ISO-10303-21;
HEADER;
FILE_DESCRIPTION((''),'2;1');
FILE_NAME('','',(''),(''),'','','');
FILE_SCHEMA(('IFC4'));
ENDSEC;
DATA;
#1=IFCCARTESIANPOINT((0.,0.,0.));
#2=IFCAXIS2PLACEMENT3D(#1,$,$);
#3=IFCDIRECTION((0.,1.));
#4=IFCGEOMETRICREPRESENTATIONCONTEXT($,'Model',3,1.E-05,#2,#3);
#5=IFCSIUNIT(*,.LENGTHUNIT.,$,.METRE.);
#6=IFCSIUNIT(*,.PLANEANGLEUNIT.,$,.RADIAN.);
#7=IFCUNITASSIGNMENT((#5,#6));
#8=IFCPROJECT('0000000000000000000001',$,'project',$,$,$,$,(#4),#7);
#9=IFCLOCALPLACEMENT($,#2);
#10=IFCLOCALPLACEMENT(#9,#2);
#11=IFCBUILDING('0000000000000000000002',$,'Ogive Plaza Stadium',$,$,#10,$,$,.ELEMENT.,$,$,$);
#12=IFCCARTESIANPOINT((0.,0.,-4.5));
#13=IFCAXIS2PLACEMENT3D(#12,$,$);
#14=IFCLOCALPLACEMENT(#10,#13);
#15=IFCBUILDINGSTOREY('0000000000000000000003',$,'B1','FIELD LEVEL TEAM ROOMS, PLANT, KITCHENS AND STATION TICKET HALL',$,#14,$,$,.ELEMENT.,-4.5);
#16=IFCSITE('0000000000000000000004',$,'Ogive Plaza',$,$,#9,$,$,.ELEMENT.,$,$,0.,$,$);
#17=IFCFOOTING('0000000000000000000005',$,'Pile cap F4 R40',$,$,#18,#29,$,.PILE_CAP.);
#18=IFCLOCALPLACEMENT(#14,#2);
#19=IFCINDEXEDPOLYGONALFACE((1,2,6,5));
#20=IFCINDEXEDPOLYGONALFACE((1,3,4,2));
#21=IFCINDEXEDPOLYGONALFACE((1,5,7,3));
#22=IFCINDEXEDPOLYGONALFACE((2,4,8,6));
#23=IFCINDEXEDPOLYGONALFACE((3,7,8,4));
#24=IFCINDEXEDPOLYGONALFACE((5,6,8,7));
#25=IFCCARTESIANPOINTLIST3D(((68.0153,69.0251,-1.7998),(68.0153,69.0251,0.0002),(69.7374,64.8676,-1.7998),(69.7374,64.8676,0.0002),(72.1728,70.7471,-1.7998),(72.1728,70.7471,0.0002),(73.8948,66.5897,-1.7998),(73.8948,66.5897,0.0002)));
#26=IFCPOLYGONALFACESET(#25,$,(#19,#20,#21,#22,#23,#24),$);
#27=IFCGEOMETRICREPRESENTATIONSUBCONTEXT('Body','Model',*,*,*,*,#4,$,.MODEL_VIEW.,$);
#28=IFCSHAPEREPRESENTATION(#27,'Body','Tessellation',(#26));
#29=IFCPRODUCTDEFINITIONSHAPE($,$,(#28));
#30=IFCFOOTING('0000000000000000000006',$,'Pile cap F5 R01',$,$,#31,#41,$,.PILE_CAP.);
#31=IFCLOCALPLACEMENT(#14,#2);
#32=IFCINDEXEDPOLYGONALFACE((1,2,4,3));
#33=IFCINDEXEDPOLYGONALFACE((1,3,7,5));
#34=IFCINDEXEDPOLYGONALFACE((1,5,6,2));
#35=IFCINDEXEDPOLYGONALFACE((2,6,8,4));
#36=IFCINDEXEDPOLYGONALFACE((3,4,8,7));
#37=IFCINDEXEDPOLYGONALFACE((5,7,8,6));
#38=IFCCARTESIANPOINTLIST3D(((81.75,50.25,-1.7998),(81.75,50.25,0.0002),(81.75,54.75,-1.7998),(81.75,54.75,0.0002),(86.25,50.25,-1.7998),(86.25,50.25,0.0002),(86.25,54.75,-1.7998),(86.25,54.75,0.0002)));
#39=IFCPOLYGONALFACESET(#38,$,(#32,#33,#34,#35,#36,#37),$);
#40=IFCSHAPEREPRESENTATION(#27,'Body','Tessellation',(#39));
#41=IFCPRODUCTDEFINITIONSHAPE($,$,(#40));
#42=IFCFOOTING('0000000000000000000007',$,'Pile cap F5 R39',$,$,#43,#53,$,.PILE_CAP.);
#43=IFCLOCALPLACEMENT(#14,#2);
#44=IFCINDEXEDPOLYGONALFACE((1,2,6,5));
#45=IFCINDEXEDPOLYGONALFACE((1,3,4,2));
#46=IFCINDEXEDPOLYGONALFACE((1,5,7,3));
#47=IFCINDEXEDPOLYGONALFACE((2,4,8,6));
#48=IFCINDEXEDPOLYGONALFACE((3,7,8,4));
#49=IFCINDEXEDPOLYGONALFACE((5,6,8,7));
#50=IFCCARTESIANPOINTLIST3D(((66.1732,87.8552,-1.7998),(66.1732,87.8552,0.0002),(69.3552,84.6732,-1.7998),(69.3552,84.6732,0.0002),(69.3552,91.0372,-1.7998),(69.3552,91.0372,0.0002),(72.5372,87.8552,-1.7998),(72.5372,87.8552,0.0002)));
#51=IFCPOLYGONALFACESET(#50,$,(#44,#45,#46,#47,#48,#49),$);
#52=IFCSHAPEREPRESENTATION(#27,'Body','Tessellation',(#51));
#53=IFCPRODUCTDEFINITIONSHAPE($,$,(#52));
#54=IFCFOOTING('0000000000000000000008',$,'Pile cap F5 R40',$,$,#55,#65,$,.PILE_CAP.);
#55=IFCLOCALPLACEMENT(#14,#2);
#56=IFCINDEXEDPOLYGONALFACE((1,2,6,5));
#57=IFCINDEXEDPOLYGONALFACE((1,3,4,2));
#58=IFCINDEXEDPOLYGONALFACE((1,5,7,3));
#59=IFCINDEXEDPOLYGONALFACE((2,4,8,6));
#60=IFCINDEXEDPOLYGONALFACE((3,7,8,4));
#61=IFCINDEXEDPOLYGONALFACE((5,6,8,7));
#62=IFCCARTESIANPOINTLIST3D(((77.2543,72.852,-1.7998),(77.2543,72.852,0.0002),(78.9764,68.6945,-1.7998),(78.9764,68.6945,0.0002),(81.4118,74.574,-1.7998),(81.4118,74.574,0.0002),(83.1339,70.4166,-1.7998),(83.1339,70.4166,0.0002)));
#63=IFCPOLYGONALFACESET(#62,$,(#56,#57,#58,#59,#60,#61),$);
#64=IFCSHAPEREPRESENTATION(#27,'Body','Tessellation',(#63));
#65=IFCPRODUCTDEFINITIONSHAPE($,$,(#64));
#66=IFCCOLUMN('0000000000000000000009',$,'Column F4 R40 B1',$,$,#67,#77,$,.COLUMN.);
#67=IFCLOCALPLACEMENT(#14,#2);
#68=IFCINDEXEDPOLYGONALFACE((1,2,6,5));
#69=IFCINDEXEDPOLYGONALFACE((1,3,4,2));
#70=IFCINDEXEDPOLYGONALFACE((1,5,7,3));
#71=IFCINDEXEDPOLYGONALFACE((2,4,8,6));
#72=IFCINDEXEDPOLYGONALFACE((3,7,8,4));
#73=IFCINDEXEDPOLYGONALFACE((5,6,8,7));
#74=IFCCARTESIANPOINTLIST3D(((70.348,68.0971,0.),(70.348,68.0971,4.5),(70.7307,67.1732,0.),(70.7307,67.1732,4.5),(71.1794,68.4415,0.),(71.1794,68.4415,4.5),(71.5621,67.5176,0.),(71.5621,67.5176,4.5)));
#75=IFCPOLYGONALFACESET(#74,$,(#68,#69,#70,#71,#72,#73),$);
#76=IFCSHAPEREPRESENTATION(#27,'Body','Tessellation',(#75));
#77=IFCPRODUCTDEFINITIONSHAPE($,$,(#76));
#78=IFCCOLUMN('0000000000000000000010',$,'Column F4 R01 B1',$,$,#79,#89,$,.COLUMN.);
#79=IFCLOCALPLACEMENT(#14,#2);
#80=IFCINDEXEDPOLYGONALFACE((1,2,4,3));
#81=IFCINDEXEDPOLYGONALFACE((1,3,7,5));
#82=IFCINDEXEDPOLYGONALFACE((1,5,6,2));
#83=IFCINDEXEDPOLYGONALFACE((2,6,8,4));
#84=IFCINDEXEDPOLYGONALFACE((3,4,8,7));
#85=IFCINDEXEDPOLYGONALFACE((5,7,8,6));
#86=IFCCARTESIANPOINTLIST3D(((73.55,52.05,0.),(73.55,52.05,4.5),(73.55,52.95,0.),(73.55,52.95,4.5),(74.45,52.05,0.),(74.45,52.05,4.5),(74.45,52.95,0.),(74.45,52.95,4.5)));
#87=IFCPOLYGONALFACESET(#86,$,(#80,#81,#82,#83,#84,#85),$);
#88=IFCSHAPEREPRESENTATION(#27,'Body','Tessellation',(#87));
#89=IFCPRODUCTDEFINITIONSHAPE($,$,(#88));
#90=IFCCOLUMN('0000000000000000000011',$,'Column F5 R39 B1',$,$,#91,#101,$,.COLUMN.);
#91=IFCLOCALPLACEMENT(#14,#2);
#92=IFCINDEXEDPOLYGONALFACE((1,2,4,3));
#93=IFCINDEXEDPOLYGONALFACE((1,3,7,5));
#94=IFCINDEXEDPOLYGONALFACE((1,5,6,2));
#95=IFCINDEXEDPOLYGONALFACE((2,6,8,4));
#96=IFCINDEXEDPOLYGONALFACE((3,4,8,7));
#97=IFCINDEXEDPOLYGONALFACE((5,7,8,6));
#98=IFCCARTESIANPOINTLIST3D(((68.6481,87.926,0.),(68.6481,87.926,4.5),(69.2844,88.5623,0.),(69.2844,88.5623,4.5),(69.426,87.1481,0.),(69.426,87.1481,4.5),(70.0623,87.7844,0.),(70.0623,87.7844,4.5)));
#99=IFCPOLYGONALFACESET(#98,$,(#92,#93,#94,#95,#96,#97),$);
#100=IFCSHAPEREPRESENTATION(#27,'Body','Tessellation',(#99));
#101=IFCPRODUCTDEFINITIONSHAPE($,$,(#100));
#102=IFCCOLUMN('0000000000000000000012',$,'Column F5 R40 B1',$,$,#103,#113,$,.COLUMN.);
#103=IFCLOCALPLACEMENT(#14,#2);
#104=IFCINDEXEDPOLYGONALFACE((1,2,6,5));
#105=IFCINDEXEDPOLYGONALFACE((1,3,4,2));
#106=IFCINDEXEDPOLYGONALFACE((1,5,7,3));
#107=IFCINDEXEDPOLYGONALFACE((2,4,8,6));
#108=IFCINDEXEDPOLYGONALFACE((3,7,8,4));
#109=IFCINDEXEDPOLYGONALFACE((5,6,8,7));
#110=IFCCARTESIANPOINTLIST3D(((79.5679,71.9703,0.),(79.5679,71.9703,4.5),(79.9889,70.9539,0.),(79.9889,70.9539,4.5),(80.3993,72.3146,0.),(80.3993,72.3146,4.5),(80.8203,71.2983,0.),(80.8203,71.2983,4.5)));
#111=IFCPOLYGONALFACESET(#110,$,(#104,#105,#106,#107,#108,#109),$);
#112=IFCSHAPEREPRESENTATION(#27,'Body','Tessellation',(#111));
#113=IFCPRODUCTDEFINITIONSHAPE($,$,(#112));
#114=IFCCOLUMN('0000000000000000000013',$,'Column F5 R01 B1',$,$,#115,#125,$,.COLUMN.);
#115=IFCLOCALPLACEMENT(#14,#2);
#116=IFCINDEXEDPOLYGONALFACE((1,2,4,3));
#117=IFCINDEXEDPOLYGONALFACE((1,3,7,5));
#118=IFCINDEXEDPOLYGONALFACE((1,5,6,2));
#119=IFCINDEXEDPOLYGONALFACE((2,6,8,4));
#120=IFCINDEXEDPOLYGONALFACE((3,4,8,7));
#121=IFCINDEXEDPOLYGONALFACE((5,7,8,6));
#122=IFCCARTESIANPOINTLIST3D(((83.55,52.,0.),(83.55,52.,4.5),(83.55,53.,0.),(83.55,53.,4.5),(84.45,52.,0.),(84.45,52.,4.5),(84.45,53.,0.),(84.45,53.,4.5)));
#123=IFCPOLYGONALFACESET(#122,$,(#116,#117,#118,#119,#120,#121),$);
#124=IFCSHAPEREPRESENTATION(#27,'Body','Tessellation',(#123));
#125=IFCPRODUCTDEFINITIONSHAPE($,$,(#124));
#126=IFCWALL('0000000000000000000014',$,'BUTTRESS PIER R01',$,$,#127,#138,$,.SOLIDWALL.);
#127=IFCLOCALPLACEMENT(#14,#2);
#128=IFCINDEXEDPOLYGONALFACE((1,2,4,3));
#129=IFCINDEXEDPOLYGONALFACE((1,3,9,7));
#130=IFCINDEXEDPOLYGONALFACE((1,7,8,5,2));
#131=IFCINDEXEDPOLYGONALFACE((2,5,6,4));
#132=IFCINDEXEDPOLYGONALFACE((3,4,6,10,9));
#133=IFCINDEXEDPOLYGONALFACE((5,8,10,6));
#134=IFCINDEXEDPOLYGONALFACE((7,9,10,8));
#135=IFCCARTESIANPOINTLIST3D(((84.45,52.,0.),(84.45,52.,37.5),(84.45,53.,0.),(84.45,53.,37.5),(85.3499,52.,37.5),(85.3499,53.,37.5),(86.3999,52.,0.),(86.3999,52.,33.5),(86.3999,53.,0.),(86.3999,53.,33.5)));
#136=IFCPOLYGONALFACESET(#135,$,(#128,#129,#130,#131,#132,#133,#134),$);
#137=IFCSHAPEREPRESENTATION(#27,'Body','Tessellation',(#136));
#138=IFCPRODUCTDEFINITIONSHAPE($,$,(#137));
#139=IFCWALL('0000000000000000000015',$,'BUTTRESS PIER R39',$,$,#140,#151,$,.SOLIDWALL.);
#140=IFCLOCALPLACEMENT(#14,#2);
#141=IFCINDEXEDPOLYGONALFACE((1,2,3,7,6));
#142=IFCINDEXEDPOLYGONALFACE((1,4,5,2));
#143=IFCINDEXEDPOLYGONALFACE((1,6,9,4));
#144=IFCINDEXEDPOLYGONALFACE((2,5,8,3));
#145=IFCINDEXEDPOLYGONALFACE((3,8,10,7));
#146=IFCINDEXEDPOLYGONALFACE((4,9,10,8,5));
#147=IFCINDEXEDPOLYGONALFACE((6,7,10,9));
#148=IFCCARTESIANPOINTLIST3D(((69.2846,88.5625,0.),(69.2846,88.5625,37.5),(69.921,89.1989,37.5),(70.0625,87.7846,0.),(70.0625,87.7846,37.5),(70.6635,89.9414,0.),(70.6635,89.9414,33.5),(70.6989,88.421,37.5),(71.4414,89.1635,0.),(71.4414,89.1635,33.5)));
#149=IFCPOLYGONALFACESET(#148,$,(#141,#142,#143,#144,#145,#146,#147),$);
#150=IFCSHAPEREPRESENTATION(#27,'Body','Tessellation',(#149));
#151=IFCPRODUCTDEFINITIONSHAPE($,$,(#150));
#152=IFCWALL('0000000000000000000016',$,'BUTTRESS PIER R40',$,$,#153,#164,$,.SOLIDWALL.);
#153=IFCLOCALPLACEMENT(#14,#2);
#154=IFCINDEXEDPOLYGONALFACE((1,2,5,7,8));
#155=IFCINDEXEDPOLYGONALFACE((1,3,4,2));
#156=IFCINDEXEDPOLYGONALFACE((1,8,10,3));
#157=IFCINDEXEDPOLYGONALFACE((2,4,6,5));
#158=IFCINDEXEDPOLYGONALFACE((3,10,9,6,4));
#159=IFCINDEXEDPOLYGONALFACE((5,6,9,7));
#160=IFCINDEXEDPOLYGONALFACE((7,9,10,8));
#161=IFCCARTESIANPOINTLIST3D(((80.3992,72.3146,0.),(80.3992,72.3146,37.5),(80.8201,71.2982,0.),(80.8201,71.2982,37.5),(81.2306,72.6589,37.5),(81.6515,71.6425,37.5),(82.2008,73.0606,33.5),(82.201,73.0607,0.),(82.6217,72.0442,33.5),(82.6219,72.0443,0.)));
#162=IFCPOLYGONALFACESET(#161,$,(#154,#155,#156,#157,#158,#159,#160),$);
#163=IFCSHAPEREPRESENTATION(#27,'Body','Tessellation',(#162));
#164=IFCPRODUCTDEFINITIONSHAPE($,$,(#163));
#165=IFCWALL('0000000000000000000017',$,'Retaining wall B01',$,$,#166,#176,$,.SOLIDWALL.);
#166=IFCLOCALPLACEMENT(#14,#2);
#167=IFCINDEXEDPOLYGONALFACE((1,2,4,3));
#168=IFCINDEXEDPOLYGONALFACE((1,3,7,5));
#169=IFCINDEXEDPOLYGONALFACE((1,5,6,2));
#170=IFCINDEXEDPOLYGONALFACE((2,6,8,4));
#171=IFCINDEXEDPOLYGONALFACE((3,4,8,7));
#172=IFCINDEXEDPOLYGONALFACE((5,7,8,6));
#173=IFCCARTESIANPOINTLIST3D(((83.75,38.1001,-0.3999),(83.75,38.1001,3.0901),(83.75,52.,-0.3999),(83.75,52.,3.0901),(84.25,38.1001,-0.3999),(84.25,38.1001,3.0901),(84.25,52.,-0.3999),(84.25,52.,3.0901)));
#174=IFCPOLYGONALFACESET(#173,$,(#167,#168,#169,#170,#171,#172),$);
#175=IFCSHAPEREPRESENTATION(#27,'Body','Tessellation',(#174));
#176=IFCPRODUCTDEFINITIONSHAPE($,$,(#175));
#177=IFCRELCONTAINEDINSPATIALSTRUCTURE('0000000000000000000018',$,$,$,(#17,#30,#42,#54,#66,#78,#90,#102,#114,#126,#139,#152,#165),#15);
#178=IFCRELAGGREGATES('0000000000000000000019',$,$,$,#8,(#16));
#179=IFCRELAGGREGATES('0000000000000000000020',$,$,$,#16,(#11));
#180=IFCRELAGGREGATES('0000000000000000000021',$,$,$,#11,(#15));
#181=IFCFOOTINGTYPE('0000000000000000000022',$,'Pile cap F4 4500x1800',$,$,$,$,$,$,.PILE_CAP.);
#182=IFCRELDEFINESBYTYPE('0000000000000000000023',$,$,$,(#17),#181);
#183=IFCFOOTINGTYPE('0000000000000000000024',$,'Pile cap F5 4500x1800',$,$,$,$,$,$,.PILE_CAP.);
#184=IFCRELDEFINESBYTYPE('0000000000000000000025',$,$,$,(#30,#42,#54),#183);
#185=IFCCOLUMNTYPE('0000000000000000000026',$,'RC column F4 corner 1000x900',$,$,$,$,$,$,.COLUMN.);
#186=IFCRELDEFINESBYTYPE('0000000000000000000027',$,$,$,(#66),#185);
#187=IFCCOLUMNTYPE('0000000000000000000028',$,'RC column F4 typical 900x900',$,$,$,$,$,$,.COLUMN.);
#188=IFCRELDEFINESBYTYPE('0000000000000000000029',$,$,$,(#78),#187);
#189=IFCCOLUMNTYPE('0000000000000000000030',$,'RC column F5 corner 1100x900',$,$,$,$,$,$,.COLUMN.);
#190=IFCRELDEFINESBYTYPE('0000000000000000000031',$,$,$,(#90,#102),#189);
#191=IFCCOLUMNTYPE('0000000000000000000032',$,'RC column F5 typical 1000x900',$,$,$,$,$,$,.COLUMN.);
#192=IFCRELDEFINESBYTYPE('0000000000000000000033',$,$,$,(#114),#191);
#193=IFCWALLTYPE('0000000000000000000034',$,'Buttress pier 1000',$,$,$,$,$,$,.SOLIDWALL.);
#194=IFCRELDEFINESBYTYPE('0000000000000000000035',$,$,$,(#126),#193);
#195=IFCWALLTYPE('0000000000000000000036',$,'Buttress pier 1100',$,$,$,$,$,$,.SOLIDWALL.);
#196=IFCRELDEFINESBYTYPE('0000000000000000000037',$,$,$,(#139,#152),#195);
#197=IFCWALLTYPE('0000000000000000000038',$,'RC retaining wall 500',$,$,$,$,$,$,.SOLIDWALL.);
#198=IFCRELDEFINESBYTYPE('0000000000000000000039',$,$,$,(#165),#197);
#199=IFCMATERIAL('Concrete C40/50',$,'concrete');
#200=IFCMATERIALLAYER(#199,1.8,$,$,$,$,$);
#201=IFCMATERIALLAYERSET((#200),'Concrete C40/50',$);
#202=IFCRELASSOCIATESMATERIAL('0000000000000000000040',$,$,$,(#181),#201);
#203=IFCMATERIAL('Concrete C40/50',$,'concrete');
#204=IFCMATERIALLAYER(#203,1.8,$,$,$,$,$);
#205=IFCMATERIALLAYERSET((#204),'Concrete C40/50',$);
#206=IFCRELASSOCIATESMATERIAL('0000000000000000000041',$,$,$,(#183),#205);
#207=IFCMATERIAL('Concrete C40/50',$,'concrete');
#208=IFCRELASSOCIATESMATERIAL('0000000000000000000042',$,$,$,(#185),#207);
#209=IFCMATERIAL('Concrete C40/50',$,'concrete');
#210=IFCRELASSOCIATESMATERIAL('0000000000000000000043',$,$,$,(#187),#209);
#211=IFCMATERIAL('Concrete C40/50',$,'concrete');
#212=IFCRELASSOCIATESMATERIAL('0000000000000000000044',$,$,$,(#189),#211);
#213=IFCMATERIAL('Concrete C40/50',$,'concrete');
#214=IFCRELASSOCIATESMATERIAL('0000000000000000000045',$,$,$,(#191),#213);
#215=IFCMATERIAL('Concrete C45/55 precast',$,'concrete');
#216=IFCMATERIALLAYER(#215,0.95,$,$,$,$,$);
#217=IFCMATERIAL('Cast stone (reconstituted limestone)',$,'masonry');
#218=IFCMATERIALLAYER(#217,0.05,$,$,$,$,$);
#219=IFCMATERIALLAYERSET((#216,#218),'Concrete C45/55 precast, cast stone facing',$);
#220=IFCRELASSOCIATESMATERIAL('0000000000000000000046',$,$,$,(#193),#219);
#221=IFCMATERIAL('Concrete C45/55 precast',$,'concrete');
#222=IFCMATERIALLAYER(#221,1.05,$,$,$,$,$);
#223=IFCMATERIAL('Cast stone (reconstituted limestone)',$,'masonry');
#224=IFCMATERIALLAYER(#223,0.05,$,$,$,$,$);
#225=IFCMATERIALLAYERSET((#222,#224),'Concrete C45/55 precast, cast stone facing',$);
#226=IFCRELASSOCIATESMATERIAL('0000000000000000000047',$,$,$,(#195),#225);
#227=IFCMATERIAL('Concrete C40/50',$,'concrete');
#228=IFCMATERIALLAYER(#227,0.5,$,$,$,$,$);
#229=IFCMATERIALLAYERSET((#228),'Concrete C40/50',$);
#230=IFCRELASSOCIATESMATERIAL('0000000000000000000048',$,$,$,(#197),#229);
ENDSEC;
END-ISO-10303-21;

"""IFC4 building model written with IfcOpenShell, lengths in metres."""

from ifc_helpers import new_model, si_unit, direction, frame, frame_2d, origin, origin_2d, place, context, subcontext, project, spatial, polyline, rectangle, outline, extrude, material, layer, layer_set, material_profile, profile_set, type_object, element, save


model = new_model("IFC4")

# Units and contexts
model_context = context("Model", 3, precision=1e-05, world=origin(), true_north=direction((0.0, 1.0)))
body_context = subcontext(model_context, "Body", "Model", "MODEL_VIEW")
ifc_project = project(units=[si_unit("LENGTHUNIT", "METRE"), si_unit("PLANEANGLEUNIT", "RADIAN")], contexts=[model_context])

# Site, building, storey
site_placement = place(None, origin())
site = spatial("IfcSite", under=ifc_project, at=site_placement, Name="Ogive Plaza", CompositionType="ELEMENT", RefElevation=0.0)
building_placement = place(site_placement, origin())
building = spatial("IfcBuilding", under=site, at=building_placement, Name="Ogive Plaza Stadium", CompositionType="ELEMENT")
storey_placement = place(building_placement, frame((0.0, 0.0, -4.5)))
storey = spatial("IfcBuildingStorey", under=building, at=storey_placement, Name="B1", Description="FIELD LEVEL TEAM ROOMS, PLANT, KITCHENS AND STATION TICKET HALL", CompositionType="ELEMENT", Elevation=-4.5)

# Footings
ifc_material_1 = material(Name="Concrete C40/50", Category="concrete")
ifc_layer_1 = layer(ifc_material_1, 1.8)
ifc_layer_set_1 = layer_set([ifc_layer_1], Name="Concrete C40/50")
footing_type_1 = type_object("IfcFootingType", Name="Pile cap F4 4500x1800", PredefinedType="PILE_CAP", material=ifc_layer_set_1)
for number, where, z_axis, x_axis, name in (
    (1, (70.9551, 67.8074, -1.7998), (0.0, 0.0, 1.0), (0.92388, 0.382683, 0.0), "Pile cap F4 R40"),
):
    element("IfcFooting", number, at=place(storey_placement, frame(where, z_axis=z_axis, x_axis=x_axis)), inside=storey, type_object=footing_type_1, Name=name, PredefinedType="PILE_CAP", context=body_context, shape_type="SweptSolid", body=[
        extrude(rectangle(XDim=4.5, YDim=4.5, at=origin_2d()), origin(), (0.0, 0.0, 1.0), 1.8),
    ])
ifc_material_2 = material(Name="Concrete C40/50", Category="concrete")
ifc_layer_2 = layer(ifc_material_2, 1.8)
ifc_layer_set_2 = layer_set([ifc_layer_2], Name="Concrete C40/50")
footing_type_2 = type_object("IfcFootingType", Name="Pile cap F5 4500x1800", PredefinedType="PILE_CAP", material=ifc_layer_set_2)
for number, where, z_axis, x_axis, name in (
    (2, (84.0, 52.5, -1.7998), (0.0, 0.0, 1.0), (1.0, 0.0, 0.0), "Pile cap F5 R01"),
    (3, (69.3552, 87.8552, -1.7998), (0.0, 0.0, 1.0), (0.707107, 0.707107, 0.0), "Pile cap F5 R39"),
    (4, (80.1941, 71.6343, -1.7998), (0.0, 0.0, 1.0), (0.92388, 0.382683, 0.0), "Pile cap F5 R40"),
):
    element("IfcFooting", number, at=place(storey_placement, frame(where, z_axis=z_axis, x_axis=x_axis)), inside=storey, type_object=footing_type_2, Name=name, PredefinedType="PILE_CAP", context=body_context, shape_type="SweptSolid", body=[
        extrude(rectangle(XDim=4.5, YDim=4.5, at=origin_2d()), origin(), (0.0, 0.0, 1.0), 1.8),
    ])

# Columns
ifc_material_3 = material(Name="Concrete C40/50", Category="concrete")
ifc_material_profile_1 = material_profile(ifc_material_3, rectangle(XDim=1.0, YDim=0.8999, at=origin_2d()), Name="RC 1000x900")
ifc_profile_set_1 = profile_set([ifc_material_profile_1], Name="Concrete C40/50")
column_type_1 = type_object("IfcColumnType", Name="RC column F4 corner 1000x900", PredefinedType="COLUMN", material=ifc_profile_set_1)
column_1_placement = place(storey_placement, frame((70.9551, 67.8074, 0.0), z_axis=(0.0, 0.0, 1.0), x_axis=(-0.382683, 0.92388, 0.0)))
element("IfcColumn", 5, at=column_1_placement, inside=storey, type_object=column_type_1, Name="Column F4 R40 B1", PredefinedType="COLUMN", context=body_context, shape_type="SweptSolid", body=[
    extrude(rectangle(XDim=1.0, YDim=0.8999, at=origin_2d()), origin(), (0.0, 0.0, 1.0), 4.5),
])
ifc_material_4 = material(Name="Concrete C40/50", Category="concrete")
ifc_material_profile_2 = material_profile(ifc_material_4, rectangle(XDim=0.8999, YDim=0.8999, at=origin_2d()), Name="RC 900x900")
ifc_profile_set_2 = profile_set([ifc_material_profile_2], Name="Concrete C40/50")
column_type_2 = type_object("IfcColumnType", Name="RC column F4 typical 900x900", PredefinedType="COLUMN", material=ifc_profile_set_2)
column_2_placement = place(storey_placement, frame((74.0, 52.5, 0.0), z_axis=(0.0, 0.0, 1.0), x_axis=(0.0, 1.0, 0.0)))
element("IfcColumn", 6, at=column_2_placement, inside=storey, type_object=column_type_2, Name="Column F4 R01 B1", PredefinedType="COLUMN", context=body_context, shape_type="SweptSolid", body=[
    extrude(rectangle(XDim=0.8999, YDim=0.8999, at=origin_2d()), origin(), (0.0, 0.0, 1.0), 4.5),
])
ifc_material_5 = material(Name="Concrete C40/50", Category="concrete")
ifc_material_profile_3 = material_profile(ifc_material_5, rectangle(XDim=1.1001, YDim=0.8999, at=origin_2d()), Name="RC 1100x900")
ifc_profile_set_3 = profile_set([ifc_material_profile_3], Name="Concrete C40/50")
column_type_3 = type_object("IfcColumnType", Name="RC column F5 corner 1100x900", PredefinedType="COLUMN", material=ifc_profile_set_3)
for number, where, z_axis, x_axis, name in (
    (7, (69.3552, 87.8552, 0.0), (0.0, 0.0, 1.0), (-0.707107, 0.707107, 0.0), "Column F5 R39 B1"),
    (8, (80.1941, 71.6343, 0.0), (0.0, 0.0, 1.0), (-0.382683, 0.92388, 0.0), "Column F5 R40 B1"),
):
    element("IfcColumn", number, at=place(storey_placement, frame(where, z_axis=z_axis, x_axis=x_axis)), inside=storey, type_object=column_type_3, Name=name, PredefinedType="COLUMN", context=body_context, shape_type="SweptSolid", body=[
        extrude(rectangle(XDim=1.1001, YDim=0.8999, at=origin_2d()), origin(), (0.0, 0.0, 1.0), 4.5),
    ])
ifc_material_6 = material(Name="Concrete C40/50", Category="concrete")
ifc_material_profile_4 = material_profile(ifc_material_6, rectangle(XDim=1.0, YDim=0.8999, at=origin_2d()), Name="RC 1000x900")
ifc_profile_set_4 = profile_set([ifc_material_profile_4], Name="Concrete C40/50")
column_type_4 = type_object("IfcColumnType", Name="RC column F5 typical 1000x900", PredefinedType="COLUMN", material=ifc_profile_set_4)
column_3_placement = place(storey_placement, frame((84.0, 52.5, 0.0), z_axis=(0.0, 0.0, 1.0), x_axis=(0.0, 1.0, 0.0)))
element("IfcColumn", 9, at=column_3_placement, inside=storey, type_object=column_type_4, Name="Column F5 R01 B1", PredefinedType="COLUMN", context=body_context, shape_type="SweptSolid", body=[
    extrude(rectangle(XDim=1.0, YDim=0.8999, at=origin_2d()), origin(), (0.0, 0.0, 1.0), 4.5),
])

# Walls
ifc_material_7 = material(Name="Concrete C45/55 precast", Category="concrete")
ifc_layer_3 = layer(ifc_material_7, 0.95)
ifc_material_8 = material(Name="Cast stone (reconstituted limestone)", Category="masonry")
ifc_layer_4 = layer(ifc_material_8, 0.05)
ifc_layer_set_3 = layer_set([ifc_layer_3, ifc_layer_4], Name="Concrete C45/55 precast, cast stone facing")
wall_type_1 = type_object("IfcWallType", Name="Buttress pier 1000", PredefinedType="SOLIDWALL", material=ifc_layer_set_3)
wall_1_placement = place(storey_placement, frame((84.45, 52.5, 0.0), z_axis=(0.0, 0.0, 1.0), x_axis=(1.0, 0.0, 0.0)))
element("IfcWall", 10, at=wall_1_placement, inside=storey, type_object=wall_type_1, Name="BUTTRESS PIER R01", PredefinedType="SOLIDWALL", context=body_context, shape_type="SweptSolid", body=[
    extrude(outline(polyline([(0.0, 0.0), (1.95, 0.0), (1.95, 33.5), (0.8999, 37.5), (0.0, 37.5), (0.0, 0.0)])), frame((0.0, 0.5, 0.0), z_axis=(0.0, -1.0, 0.0), x_axis=(1.0, 0.0, 0.0)), (0.0, 0.0, 1.0), 1.0),
])
ifc_material_9 = material(Name="Concrete C45/55 precast", Category="concrete")
ifc_layer_5 = layer(ifc_material_9, 1.05)
ifc_material_10 = material(Name="Cast stone (reconstituted limestone)", Category="masonry")
ifc_layer_6 = layer(ifc_material_10, 0.05)
ifc_layer_set_4 = layer_set([ifc_layer_5, ifc_layer_6], Name="Concrete C45/55 precast, cast stone facing")
wall_type_2 = type_object("IfcWallType", Name="Buttress pier 1100", PredefinedType="SOLIDWALL", material=ifc_layer_set_4)
wall_2_placement = place(storey_placement, frame((69.6736, 88.1736, 0.0), z_axis=(0.0, 0.0, 1.0), x_axis=(0.707107, 0.707107, 0.0)))
element("IfcWall", 11, at=wall_2_placement, inside=storey, type_object=wall_type_2, Name="BUTTRESS PIER R39", PredefinedType="SOLIDWALL", context=body_context, shape_type="SweptSolid", body=[
    extrude(outline(polyline([(0.0, 0.0), (1.95, 0.0), (1.95, 33.5), (0.8999, 37.5), (0.0, 37.5), (0.0, 0.0)])), frame((0.0, 0.55, 0.0), z_axis=(0.0, -1.0, 0.0), x_axis=(1.0, 0.0, 0.0)), (0.0, 0.0, 1.0), 1.1001),
])
wall_3_placement = place(storey_placement, frame((80.6096, 71.8064, 0.0), z_axis=(0.0, 0.0, 1.0), x_axis=(0.923919, 0.382588, 0.0)))
element("IfcWall", 12, at=wall_3_placement, inside=storey, type_object=wall_type_2, Name="BUTTRESS PIER R40", PredefinedType="SOLIDWALL", context=body_context, shape_type="SweptSolid", body=[
    extrude(outline(polyline([(0.0, 0.0), (1.9502, 0.0), (1.95, 33.5), (0.8999, 37.5), (0.0, 37.5), (0.0, 0.0)])), frame((0.0, 0.55, 0.0), z_axis=(0.0, -1.0, 0.0), x_axis=(1.0, 0.0, 0.0)), (0.0, 0.0, 1.0), 1.1001),
])
ifc_material_11 = material(Name="Concrete C40/50", Category="concrete")
ifc_layer_7 = layer(ifc_material_11, 0.5)
ifc_layer_set_5 = layer_set([ifc_layer_7], Name="Concrete C40/50")
wall_type_3 = type_object("IfcWallType", Name="RC retaining wall 500", PredefinedType="SOLIDWALL", material=ifc_layer_set_5)
wall_4_placement = place(storey_placement, frame((84.0, 52.0, -0.3999), z_axis=(0.0, 0.0, 1.0), x_axis=(0.0, -1.0, 0.0)))
element("IfcWall", 13, at=wall_4_placement, inside=storey, type_object=wall_type_3, Name="Retaining wall B01", PredefinedType="SOLIDWALL", context=body_context, shape_type="SweptSolid", body=[
    extrude(rectangle(XDim=13.8999, YDim=0.5, at=frame_2d((6.95, 0.0))), origin(), (0.0, 0.0, 1.0), 3.49),
])

save(model, "model.ifc")
